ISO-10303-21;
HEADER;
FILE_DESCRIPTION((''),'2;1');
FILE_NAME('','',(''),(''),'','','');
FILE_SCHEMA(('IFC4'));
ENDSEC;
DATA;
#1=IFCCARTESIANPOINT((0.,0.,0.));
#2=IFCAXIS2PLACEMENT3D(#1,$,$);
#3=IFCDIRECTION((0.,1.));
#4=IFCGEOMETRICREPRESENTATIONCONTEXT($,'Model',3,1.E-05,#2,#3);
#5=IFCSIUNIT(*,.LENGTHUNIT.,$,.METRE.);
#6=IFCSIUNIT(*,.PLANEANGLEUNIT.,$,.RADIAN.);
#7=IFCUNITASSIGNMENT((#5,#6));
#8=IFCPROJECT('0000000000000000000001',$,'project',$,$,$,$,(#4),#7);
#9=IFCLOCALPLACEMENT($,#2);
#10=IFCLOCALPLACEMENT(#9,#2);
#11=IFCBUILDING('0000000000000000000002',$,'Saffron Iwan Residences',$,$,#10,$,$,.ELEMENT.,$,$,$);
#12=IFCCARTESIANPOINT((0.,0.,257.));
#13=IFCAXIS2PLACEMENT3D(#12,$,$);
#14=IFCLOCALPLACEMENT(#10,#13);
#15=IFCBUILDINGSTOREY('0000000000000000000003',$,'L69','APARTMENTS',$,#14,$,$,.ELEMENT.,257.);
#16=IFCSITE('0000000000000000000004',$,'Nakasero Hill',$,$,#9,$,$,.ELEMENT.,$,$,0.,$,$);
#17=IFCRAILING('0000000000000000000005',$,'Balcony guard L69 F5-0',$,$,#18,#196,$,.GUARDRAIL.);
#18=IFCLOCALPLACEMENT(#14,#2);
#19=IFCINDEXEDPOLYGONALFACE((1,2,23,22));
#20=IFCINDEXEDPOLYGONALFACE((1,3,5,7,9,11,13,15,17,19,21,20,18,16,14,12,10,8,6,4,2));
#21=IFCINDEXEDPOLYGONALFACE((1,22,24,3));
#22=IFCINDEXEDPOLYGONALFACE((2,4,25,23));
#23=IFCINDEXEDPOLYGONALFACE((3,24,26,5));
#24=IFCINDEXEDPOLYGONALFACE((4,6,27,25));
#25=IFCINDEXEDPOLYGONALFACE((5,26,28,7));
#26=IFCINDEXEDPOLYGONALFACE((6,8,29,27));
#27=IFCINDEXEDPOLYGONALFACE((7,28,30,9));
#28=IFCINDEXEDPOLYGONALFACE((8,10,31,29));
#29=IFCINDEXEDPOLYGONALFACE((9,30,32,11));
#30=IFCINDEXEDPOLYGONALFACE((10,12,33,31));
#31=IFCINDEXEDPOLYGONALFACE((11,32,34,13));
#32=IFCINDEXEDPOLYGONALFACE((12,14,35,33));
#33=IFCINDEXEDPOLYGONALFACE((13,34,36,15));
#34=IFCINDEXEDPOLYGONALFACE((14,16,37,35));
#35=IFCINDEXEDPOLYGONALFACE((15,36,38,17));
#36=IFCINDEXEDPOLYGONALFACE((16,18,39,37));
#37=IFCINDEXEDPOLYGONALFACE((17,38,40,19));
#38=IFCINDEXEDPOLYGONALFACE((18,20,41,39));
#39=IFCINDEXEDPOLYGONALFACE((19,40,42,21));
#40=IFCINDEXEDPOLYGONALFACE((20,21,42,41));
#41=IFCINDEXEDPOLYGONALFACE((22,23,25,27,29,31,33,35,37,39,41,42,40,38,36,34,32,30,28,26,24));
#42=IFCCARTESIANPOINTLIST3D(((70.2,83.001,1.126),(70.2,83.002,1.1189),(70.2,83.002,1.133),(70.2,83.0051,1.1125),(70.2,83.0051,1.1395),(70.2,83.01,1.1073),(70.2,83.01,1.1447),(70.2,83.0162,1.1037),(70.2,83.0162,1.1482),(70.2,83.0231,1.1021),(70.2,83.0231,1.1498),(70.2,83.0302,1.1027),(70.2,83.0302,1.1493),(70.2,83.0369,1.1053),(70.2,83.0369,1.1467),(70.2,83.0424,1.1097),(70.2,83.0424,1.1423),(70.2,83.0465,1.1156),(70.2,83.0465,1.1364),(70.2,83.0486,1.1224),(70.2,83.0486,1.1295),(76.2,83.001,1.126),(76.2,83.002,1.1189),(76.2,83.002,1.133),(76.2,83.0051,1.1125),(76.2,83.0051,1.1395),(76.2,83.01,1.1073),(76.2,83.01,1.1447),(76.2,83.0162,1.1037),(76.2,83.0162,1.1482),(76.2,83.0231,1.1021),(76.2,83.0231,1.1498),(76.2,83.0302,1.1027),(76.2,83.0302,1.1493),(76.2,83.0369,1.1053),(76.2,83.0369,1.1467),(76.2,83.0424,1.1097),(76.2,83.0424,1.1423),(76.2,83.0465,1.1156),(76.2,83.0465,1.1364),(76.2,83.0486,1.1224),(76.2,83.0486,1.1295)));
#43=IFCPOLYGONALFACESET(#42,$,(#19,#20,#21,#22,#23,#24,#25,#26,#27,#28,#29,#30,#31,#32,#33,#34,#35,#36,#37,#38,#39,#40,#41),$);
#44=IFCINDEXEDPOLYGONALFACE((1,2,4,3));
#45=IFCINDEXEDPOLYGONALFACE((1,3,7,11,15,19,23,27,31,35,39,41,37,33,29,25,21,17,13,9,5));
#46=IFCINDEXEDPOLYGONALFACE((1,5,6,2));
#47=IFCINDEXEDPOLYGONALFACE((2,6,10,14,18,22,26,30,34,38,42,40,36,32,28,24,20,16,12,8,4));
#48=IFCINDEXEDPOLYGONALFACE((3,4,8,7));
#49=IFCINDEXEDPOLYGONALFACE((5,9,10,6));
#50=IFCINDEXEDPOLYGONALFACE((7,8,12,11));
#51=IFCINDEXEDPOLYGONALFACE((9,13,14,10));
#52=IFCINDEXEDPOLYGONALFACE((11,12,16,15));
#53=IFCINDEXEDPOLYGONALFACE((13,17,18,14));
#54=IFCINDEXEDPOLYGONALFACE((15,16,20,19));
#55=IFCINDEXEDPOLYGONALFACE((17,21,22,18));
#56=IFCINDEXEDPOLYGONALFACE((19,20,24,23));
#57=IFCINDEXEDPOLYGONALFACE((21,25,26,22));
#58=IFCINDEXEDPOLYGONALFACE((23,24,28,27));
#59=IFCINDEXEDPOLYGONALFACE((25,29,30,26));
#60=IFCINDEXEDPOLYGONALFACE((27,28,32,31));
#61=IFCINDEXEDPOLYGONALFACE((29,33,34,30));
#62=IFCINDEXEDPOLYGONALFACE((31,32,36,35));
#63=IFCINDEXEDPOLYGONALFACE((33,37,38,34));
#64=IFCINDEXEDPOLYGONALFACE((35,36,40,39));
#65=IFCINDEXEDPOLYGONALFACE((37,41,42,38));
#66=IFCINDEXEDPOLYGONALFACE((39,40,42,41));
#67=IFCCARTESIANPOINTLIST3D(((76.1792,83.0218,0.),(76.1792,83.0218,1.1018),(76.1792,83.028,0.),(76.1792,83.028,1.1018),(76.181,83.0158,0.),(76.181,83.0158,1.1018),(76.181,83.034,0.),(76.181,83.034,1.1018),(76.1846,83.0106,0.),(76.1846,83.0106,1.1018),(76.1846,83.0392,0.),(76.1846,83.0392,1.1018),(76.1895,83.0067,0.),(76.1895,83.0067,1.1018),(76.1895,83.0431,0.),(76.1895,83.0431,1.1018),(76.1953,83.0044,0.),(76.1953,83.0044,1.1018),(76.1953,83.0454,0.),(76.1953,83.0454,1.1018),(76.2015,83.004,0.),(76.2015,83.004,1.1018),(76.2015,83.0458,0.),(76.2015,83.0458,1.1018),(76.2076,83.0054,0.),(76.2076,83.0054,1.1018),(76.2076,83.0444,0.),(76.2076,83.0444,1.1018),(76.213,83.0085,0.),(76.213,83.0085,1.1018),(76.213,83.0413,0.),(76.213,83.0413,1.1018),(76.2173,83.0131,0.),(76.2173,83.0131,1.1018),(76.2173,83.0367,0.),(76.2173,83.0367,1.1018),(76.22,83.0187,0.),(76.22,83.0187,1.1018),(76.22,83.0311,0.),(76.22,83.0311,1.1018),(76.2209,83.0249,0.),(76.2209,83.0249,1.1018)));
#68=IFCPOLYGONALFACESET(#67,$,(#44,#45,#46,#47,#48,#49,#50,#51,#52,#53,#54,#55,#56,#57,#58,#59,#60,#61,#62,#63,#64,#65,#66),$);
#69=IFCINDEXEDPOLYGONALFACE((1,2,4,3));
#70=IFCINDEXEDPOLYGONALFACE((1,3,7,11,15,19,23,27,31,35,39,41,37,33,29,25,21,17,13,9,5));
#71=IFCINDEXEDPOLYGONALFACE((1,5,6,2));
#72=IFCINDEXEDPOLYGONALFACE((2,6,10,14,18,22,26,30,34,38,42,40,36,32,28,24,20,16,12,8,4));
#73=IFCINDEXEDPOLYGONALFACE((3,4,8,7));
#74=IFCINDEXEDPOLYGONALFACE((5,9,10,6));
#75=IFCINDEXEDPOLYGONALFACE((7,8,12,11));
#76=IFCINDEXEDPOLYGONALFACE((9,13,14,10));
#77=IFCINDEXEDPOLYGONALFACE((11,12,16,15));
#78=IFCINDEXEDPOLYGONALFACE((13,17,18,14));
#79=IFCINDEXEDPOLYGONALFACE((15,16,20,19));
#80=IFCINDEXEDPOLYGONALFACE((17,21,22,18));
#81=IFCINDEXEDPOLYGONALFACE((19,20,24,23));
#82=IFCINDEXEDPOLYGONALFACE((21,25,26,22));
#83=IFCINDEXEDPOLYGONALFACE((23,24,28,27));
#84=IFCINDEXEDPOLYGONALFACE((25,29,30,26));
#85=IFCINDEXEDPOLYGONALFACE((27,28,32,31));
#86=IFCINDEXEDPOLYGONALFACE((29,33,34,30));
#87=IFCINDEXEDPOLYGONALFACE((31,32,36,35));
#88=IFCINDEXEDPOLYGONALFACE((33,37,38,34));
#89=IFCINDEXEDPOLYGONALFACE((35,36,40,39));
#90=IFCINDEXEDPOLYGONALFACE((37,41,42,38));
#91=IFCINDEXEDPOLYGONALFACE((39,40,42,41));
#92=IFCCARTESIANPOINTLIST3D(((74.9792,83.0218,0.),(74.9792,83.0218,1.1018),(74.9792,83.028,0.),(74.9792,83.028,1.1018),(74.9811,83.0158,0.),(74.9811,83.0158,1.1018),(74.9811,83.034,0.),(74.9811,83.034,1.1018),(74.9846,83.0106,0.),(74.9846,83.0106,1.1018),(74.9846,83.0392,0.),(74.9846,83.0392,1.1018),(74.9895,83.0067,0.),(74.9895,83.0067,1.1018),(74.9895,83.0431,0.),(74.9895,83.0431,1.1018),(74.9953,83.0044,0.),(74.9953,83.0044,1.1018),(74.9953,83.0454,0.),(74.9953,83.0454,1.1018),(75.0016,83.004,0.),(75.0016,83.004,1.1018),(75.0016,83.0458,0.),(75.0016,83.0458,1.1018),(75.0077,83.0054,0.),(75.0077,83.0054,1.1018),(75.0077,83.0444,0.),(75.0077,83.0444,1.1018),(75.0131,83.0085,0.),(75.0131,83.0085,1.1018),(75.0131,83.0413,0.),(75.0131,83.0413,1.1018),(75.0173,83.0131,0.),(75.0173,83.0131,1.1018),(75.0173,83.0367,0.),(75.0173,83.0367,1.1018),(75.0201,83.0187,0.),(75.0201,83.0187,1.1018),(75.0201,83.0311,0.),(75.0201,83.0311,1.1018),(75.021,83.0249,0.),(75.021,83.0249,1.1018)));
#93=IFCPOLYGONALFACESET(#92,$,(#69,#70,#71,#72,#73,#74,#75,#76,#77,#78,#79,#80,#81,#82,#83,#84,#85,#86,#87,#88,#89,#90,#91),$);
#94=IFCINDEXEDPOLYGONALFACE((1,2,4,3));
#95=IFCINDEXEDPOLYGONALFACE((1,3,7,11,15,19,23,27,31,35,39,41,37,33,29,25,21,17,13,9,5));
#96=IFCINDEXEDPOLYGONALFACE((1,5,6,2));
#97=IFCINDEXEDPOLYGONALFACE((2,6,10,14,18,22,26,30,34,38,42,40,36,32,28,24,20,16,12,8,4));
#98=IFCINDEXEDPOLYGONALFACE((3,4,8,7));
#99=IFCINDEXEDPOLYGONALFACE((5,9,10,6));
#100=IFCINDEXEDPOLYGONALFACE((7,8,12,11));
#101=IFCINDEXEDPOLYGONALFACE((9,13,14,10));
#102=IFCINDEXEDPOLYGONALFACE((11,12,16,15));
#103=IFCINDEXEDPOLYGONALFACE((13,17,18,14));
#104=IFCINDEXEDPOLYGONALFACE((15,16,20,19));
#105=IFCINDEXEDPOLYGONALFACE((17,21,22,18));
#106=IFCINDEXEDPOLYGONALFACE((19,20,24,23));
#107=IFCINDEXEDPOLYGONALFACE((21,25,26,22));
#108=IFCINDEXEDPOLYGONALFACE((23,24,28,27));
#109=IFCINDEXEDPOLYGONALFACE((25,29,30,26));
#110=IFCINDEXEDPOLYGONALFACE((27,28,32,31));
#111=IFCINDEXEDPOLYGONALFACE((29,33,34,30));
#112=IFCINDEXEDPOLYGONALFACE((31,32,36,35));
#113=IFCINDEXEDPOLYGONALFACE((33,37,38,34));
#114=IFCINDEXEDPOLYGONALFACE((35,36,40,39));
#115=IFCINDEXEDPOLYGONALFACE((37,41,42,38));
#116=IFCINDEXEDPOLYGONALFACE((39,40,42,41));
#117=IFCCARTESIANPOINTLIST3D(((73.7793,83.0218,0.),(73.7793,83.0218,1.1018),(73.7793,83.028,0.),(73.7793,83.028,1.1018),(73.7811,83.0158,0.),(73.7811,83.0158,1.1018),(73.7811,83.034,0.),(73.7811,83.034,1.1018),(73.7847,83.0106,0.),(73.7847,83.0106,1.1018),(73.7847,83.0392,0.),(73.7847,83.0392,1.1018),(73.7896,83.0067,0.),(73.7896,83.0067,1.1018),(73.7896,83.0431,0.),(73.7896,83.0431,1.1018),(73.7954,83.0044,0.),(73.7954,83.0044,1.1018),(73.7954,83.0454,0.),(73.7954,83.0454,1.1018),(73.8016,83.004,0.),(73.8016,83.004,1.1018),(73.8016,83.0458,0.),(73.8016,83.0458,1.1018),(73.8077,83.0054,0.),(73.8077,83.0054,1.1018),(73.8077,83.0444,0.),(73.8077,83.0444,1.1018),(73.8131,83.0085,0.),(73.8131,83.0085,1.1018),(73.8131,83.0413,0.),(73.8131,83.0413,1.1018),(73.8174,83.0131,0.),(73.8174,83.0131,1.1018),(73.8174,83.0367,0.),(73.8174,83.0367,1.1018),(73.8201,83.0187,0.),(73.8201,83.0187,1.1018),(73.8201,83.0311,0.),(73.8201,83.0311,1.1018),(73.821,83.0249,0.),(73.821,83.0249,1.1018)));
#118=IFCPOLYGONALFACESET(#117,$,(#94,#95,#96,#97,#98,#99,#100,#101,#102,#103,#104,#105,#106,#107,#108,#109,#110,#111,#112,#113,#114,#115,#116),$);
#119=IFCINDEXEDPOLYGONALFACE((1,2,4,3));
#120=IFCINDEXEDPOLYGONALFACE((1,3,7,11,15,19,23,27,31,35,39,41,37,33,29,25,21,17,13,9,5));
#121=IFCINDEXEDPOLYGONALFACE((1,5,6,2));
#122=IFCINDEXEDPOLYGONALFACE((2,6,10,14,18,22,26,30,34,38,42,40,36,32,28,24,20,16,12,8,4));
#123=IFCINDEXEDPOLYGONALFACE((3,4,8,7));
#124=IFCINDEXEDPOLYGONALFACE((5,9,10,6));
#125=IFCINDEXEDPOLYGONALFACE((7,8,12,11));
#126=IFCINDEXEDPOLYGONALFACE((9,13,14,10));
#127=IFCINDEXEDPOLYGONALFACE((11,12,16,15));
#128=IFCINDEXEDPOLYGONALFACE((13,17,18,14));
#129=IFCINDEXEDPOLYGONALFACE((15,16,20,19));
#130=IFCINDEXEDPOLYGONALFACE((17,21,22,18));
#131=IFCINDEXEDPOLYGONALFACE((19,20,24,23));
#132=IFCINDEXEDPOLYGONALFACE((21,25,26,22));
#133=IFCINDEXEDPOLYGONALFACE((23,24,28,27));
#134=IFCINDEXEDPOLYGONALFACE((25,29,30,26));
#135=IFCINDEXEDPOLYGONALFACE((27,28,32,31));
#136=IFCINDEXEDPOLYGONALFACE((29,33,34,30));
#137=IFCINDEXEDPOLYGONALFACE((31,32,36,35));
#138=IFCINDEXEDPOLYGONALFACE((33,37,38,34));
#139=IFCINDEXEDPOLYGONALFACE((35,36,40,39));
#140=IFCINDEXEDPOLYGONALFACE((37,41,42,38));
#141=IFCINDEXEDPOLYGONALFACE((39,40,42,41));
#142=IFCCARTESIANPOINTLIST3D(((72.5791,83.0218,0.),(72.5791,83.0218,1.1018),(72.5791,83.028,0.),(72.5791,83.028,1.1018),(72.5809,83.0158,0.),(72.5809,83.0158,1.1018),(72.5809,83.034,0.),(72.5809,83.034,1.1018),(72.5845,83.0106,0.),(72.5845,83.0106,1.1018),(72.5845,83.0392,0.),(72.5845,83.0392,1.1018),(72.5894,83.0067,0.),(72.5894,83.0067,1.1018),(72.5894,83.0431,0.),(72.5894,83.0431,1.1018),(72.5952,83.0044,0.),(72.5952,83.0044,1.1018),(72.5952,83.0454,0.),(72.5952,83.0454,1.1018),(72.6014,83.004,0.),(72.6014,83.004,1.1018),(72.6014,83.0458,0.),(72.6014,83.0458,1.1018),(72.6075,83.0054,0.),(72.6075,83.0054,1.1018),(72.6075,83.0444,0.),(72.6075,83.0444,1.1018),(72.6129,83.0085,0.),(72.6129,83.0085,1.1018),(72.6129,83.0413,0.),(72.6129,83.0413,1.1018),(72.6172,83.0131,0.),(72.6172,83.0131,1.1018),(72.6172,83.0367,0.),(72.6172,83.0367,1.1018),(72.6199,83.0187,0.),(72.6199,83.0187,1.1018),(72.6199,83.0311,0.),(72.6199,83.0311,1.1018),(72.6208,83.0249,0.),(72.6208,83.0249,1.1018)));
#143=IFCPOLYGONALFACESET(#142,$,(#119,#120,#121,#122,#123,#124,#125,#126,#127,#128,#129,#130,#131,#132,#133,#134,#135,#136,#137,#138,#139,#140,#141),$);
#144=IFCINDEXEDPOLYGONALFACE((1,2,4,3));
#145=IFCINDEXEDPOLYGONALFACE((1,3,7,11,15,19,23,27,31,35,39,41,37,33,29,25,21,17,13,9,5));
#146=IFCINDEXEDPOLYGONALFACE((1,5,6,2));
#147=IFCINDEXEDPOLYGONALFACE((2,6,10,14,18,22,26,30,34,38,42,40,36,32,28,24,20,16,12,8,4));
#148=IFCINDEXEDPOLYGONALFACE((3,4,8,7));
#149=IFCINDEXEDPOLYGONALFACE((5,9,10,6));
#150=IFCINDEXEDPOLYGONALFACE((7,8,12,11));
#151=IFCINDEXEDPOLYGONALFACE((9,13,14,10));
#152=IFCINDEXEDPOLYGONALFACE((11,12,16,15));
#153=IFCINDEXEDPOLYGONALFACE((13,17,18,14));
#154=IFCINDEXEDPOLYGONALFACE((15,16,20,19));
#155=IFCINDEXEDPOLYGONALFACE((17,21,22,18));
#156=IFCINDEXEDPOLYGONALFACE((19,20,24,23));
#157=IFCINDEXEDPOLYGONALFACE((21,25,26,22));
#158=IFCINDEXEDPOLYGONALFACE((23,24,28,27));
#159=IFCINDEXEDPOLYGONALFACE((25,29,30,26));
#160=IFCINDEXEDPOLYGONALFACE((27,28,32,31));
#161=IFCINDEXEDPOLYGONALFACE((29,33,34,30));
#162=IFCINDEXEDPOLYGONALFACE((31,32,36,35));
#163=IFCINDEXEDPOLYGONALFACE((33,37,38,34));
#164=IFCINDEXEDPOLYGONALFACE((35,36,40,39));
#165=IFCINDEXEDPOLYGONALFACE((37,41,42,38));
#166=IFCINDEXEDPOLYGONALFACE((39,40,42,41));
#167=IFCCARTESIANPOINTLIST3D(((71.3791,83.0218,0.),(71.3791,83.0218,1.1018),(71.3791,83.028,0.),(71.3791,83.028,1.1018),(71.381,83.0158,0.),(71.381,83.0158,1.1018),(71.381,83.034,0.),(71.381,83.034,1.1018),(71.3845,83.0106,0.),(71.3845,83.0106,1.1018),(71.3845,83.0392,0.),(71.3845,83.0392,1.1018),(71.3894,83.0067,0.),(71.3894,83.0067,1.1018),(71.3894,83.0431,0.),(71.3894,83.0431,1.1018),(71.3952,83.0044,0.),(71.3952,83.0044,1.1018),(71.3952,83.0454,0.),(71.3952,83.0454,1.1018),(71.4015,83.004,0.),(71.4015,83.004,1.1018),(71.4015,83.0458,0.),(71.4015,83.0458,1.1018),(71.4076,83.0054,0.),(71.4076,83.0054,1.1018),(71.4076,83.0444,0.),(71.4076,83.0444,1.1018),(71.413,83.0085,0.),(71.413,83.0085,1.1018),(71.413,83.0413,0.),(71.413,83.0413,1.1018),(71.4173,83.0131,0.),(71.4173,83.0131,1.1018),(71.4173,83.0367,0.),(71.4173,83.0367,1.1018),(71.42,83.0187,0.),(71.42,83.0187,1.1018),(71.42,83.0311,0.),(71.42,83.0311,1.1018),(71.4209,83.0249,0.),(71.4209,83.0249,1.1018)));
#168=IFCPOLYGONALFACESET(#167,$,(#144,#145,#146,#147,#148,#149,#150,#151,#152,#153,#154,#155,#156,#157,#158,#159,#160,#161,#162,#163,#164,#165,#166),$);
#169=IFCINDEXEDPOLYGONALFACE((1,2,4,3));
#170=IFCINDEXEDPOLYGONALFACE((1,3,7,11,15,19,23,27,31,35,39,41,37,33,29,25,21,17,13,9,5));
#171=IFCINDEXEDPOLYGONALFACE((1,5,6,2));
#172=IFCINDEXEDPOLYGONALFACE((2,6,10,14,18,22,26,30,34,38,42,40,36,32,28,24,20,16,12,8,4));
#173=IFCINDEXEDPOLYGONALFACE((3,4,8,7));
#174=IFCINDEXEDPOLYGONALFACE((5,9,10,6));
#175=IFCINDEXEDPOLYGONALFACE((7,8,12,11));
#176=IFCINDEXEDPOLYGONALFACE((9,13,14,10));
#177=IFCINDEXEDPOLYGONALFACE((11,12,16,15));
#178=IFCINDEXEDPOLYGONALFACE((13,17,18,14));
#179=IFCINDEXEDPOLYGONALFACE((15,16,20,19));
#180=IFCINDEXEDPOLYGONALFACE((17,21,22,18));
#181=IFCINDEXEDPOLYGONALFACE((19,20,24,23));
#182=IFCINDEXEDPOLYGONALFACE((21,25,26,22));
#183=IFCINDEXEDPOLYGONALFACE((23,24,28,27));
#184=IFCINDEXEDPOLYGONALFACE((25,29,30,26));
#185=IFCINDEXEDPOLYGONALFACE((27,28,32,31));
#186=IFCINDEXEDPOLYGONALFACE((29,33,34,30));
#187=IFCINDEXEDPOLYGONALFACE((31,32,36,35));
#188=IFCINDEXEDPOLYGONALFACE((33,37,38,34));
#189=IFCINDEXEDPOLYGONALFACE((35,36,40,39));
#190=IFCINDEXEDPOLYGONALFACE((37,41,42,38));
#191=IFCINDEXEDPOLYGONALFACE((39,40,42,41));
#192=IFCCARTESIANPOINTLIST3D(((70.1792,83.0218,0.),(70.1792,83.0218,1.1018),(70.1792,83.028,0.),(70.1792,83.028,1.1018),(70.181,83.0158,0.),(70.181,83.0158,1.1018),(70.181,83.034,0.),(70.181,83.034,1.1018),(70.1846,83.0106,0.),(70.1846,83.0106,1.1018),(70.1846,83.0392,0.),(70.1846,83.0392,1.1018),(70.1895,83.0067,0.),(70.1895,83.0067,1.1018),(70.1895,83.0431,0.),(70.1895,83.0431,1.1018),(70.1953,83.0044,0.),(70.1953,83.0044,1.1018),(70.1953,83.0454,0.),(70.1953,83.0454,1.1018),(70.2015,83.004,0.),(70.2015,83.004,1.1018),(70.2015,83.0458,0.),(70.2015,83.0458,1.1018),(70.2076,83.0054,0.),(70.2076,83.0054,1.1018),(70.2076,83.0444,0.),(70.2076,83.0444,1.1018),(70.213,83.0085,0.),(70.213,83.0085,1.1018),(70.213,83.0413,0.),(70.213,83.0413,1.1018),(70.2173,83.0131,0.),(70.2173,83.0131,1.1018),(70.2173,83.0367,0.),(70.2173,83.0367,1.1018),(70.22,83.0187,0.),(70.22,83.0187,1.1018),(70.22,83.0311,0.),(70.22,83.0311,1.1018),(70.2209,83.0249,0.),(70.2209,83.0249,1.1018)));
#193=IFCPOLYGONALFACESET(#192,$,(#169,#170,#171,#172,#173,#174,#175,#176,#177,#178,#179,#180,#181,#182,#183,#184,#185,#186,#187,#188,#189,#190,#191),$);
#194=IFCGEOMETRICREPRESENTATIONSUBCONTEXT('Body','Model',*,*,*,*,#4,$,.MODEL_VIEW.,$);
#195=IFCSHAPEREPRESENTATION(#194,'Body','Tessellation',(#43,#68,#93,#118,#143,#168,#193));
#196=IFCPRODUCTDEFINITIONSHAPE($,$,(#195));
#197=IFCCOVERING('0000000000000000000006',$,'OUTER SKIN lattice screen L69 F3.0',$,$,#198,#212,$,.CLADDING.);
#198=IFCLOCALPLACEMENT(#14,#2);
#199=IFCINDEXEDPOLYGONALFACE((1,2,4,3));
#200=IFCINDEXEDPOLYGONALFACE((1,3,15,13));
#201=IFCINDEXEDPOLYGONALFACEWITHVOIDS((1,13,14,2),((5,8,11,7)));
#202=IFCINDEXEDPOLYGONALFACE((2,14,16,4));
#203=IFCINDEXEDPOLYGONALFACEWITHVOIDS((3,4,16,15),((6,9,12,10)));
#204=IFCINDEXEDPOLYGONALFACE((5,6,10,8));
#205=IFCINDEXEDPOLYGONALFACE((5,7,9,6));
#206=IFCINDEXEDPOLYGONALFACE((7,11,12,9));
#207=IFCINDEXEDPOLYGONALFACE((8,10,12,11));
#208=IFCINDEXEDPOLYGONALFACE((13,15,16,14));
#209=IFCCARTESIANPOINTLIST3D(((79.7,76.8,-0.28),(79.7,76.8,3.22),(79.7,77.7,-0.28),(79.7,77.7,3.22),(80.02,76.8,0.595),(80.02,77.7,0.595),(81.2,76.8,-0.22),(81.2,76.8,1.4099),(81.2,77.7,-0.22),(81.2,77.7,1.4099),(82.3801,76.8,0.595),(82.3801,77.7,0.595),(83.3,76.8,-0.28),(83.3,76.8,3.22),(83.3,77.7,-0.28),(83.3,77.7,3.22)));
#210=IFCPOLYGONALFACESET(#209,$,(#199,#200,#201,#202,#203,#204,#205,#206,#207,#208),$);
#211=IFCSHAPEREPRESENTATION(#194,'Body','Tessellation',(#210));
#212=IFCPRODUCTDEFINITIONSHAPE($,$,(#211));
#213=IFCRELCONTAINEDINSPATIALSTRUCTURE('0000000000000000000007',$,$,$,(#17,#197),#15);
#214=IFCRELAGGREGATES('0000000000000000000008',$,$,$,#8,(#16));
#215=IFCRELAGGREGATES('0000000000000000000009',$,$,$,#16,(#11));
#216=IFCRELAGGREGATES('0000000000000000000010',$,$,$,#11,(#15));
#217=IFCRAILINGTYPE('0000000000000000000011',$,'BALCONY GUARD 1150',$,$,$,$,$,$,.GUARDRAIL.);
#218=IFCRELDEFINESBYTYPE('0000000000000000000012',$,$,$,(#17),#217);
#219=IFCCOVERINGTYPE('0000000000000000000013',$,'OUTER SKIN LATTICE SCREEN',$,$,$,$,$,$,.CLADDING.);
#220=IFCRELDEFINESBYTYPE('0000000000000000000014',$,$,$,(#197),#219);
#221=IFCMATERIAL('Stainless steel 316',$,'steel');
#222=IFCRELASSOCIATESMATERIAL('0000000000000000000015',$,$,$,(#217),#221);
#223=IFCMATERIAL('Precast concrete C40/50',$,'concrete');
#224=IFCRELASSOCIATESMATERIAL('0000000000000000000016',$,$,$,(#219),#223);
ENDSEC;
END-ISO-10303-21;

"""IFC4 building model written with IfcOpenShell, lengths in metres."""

from ifc_helpers import new_model, si_unit, direction, frame, origin, origin_2d, place, context, subcontext, project, spatial, polyline, circle, outline, extrude, material, type_object, element, save


model = new_model("IFC4")

# Units and contexts
model_context = context("Model", 3, precision=1e-05, world=origin(), true_north=direction((0.0, 1.0)))
body_context = subcontext(model_context, "Body", "Model", "MODEL_VIEW")
ifc_project = project(units=[si_unit("LENGTHUNIT", "METRE"), si_unit("PLANEANGLEUNIT", "RADIAN")], contexts=[model_context])

# Site, building, storey
site_placement = place(None, origin())
site = spatial("IfcSite", under=ifc_project, at=site_placement, Name="Nakasero Hill", CompositionType="ELEMENT", RefElevation=0.0)
building_placement = place(site_placement, origin())
building = spatial("IfcBuilding", under=site, at=building_placement, Name="Saffron Iwan Residences", CompositionType="ELEMENT")
storey_placement = place(building_placement, frame((0.0, 0.0, 257.0)))
storey = spatial("IfcBuildingStorey", under=building, at=storey_placement, Name="L69", Description="APARTMENTS", CompositionType="ELEMENT", Elevation=257.0)

# Railing
ifc_material_1 = material(Name="Stainless steel 316", Category="steel")
railing_type = type_object("IfcRailingType", Name="BALCONY GUARD 1150", PredefinedType="GUARDRAIL", material=ifc_material_1)
railing_placement = place(storey_placement, frame((76.2, 83.0249, 0.0)))
element("IfcRailing", 1, at=railing_placement, inside=storey, type_object=railing_type, Name="Balcony guard L69 F5-0", PredefinedType="GUARDRAIL", context=body_context, shape_type="SweptSolid", body=[
    extrude(circle(Radius=0.0239, at=origin_2d()), frame((0.0, 0.0, 1.126), z_axis=(-1.0, 0.0, 0.0), x_axis=(0.0, -1.0, 0.0)), (0.0, 0.0, 1.0), 6.0),
    extrude(circle(Radius=0.021, at=origin_2d()), origin(), (0.0, 0.0, 1.0), 1.1018),
    extrude(circle(Radius=0.021, at=origin_2d()), frame((-1.2, 0.0, 0.0)), (0.0, 0.0, 1.0), 1.1018),
    extrude(circle(Radius=0.021, at=origin_2d()), frame((-2.3999, 0.0, 0.0)), (0.0, 0.0, 1.0), 1.1018),
    extrude(circle(Radius=0.021, at=origin_2d()), frame((-3.6001, 0.0, 0.0)), (0.0, 0.0, 1.0), 1.1018),
    extrude(circle(Radius=0.021, at=origin_2d()), frame((-4.8, 0.0, 0.0)), (0.0, 0.0, 1.0), 1.1018),
    extrude(circle(Radius=0.021, at=origin_2d()), frame((-6.0, 0.0, 0.0)), (0.0, 0.0, 1.0), 1.1018),
])

# Covering
ifc_material_2 = material(Name="Precast concrete C40/50", Category="concrete")
covering_type_1 = type_object("IfcCoveringType", Name="OUTER SKIN LATTICE SCREEN", PredefinedType="CLADDING", material=ifc_material_2)
covering_1_placement = place(storey_placement, frame((83.3, 76.8, -0.28), z_axis=(0.0, 1.0, 0.0), x_axis=(-1.0, 0.0, 0.0)))
element("IfcCovering", 2, at=covering_1_placement, inside=storey, type_object=covering_type_1, Name="OUTER SKIN lattice screen L69 F3.0", PredefinedType="CLADDING", context=body_context, shape_type="SweptSolid", body=[
    extrude(outline(polyline([(0.0, 0.0), (3.6001, 0.0), (3.6001, 3.5), (0.0, 3.5), (0.0, 0.0)]), holes=[polyline([(0.9199, 0.875), (2.1001, 0.0601), (3.28, 0.875), (2.1001, 1.6899), (0.9199, 0.875)])]), origin(), (0.0, 0.0, 1.0), 0.8999),
])

save(model, "model.ifc")
